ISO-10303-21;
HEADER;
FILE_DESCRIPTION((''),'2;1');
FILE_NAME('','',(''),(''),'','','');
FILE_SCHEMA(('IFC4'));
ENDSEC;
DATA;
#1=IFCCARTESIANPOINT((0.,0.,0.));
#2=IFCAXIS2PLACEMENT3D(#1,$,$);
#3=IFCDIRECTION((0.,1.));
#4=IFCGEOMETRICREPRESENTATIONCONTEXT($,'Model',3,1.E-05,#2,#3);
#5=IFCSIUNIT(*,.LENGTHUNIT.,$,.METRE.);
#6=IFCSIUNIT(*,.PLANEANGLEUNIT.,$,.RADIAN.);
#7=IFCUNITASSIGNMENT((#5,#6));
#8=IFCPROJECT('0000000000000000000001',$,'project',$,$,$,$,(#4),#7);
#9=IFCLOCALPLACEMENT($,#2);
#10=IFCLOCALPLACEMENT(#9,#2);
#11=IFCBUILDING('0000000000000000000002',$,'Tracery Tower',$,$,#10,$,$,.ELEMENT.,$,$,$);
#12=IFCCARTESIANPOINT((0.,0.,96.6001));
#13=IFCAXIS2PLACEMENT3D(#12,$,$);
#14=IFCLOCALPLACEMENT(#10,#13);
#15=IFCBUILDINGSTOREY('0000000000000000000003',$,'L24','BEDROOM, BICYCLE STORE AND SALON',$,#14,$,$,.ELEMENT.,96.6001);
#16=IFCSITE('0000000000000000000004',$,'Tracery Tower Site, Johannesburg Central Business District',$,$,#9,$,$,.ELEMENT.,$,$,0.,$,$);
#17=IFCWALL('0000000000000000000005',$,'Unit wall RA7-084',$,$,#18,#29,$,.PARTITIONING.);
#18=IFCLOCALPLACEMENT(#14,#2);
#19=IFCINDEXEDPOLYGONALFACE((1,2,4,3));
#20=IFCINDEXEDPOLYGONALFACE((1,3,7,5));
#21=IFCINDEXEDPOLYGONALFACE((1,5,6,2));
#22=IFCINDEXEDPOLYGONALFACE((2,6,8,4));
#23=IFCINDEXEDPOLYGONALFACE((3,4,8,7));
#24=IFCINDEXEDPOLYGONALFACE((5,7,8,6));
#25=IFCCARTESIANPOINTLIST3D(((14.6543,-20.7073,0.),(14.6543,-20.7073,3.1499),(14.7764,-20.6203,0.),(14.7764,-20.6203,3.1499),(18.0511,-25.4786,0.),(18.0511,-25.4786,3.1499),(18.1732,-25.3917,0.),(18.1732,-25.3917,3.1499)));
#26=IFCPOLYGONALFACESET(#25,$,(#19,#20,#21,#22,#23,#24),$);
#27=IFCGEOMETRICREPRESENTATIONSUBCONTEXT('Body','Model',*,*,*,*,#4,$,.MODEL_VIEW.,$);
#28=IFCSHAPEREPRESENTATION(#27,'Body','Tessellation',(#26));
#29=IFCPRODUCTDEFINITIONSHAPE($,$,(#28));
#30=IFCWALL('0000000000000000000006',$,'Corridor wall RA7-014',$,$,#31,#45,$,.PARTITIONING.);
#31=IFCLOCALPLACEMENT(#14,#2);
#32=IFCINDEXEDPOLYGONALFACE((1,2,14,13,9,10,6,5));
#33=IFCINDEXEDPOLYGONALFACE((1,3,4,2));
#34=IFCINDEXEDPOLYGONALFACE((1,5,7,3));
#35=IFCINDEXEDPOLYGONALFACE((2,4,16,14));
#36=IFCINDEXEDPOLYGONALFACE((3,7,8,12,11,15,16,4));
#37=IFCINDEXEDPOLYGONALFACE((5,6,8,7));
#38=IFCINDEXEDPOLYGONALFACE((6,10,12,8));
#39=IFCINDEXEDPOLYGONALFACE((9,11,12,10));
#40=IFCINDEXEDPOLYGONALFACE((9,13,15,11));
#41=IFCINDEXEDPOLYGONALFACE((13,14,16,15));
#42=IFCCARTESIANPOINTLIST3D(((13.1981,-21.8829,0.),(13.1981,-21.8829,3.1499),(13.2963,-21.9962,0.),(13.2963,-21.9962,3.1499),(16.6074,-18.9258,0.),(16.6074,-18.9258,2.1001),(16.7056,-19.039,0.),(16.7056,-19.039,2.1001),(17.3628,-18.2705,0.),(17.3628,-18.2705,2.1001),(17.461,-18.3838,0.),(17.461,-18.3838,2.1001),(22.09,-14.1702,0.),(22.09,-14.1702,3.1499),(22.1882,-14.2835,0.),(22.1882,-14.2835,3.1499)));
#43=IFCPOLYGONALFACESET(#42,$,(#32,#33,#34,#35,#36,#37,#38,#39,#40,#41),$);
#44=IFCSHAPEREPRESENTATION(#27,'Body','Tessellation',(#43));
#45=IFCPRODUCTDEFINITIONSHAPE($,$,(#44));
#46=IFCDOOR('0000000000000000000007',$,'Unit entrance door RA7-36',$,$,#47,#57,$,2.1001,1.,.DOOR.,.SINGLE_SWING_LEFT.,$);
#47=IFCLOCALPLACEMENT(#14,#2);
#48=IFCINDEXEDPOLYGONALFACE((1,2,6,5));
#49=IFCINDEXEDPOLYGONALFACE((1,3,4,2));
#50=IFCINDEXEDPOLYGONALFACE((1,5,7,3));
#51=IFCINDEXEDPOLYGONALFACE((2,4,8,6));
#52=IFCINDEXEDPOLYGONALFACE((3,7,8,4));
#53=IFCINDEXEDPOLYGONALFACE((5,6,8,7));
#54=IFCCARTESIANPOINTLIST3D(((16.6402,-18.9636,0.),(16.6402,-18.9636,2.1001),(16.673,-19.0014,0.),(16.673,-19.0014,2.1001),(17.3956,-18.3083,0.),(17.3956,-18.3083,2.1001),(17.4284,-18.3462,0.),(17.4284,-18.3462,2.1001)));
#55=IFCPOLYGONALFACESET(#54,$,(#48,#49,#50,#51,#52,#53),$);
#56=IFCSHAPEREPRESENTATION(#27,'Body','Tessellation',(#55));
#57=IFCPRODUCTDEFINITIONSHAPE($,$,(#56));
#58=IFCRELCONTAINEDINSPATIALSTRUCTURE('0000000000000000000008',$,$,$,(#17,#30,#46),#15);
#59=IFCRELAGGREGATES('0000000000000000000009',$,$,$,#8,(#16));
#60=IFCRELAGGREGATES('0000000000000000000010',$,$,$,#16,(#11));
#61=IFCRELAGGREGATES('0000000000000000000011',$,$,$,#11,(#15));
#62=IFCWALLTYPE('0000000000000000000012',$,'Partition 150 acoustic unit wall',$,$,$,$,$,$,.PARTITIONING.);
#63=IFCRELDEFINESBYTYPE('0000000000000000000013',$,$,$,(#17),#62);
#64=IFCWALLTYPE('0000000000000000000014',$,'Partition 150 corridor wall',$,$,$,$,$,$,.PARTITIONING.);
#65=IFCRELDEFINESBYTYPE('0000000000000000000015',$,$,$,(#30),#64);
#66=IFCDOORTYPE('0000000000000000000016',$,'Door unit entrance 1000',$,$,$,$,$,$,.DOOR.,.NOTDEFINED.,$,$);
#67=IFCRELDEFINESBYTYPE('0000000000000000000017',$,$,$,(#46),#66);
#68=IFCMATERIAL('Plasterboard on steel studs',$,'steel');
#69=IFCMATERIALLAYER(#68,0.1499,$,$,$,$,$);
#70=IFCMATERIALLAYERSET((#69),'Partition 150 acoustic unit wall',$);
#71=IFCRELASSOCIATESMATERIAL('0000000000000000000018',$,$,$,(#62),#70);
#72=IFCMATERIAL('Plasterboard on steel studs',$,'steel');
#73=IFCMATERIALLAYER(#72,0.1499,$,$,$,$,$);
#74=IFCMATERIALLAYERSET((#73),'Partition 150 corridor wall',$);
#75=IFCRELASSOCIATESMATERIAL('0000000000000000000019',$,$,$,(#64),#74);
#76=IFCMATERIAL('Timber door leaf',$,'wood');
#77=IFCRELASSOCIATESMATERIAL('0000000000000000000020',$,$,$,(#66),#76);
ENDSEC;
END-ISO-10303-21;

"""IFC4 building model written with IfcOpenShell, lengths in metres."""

from ifc_helpers import new_model, si_unit, direction, frame, frame_2d, origin, place, context, subcontext, project, spatial, rectangle, extrude, material, layer, layer_set, type_object, element, fill, save


model = new_model("IFC4")

# Units and contexts
model_context = context("Model", 3, precision=1e-05, world=origin(), true_north=direction((0.0, 1.0)))
body_context = subcontext(model_context, "Body", "Model", "MODEL_VIEW")
ifc_project = project(units=[si_unit("LENGTHUNIT", "METRE"), si_unit("PLANEANGLEUNIT", "RADIAN")], contexts=[model_context])

# Site, building, storey
site_placement = place(None, origin())
site = spatial("IfcSite", under=ifc_project, at=site_placement, Name="Tracery Tower Site, Johannesburg Central Business District", CompositionType="ELEMENT", RefElevation=0.0)
building_placement = place(site_placement, origin())
building = spatial("IfcBuilding", under=site, at=building_placement, Name="Tracery Tower", CompositionType="ELEMENT")
storey_placement = place(building_placement, frame((0.0, 0.0, 96.6001)))
storey = spatial("IfcBuildingStorey", under=building, at=storey_placement, Name="L24", Description="BEDROOM, BICYCLE STORE AND SALON", CompositionType="ELEMENT", Elevation=96.6001)

# Wall
ifc_material_1 = material(Name="Plasterboard on steel studs", Category="steel")
ifc_layer_1 = layer(ifc_material_1, 0.1499)
ifc_layer_set_1 = layer_set([ifc_layer_1], Name="Partition 150 acoustic unit wall")
wall_type_1 = type_object("IfcWallType", Name="Partition 150 acoustic unit wall", PredefinedType="PARTITIONING", material=ifc_layer_set_1)
wall_1_placement = place(storey_placement, frame((14.7153, -20.6638, 0.0), z_axis=(0.0, 0.0, 1.0), x_axis=(0.57996, -0.814645, 0.0)))
element("IfcWall", 1, at=wall_1_placement, inside=storey, type_object=wall_type_1, Name="Unit wall RA7-084", PredefinedType="PARTITIONING", context=body_context, shape_type="SweptSolid", body=[
    extrude(rectangle(XDim=5.8569, YDim=0.1499, at=frame_2d((2.9285, 0.0))), origin(), (0.0, 0.0, 1.0), 3.1499),
])

# Wall, opening, door
ifc_material_2 = material(Name="Plasterboard on steel studs", Category="steel")
ifc_layer_2 = layer(ifc_material_2, 0.1499)
ifc_layer_set_2 = layer_set([ifc_layer_2], Name="Partition 150 corridor wall")
wall_type_2 = type_object("IfcWallType", Name="Partition 150 corridor wall", PredefinedType="PARTITIONING", material=ifc_layer_set_2)
wall_2_placement = place(storey_placement, frame((13.2473, -21.9395, 0.0), z_axis=(0.0, 0.0, 1.0), x_axis=(0.755421, 0.65524, 0.0)))
wall_2 = element("IfcWall", 2, at=wall_2_placement, inside=storey, type_object=wall_type_2, Name="Corridor wall RA7-014", PredefinedType="PARTITIONING", context=body_context, shape_type="SweptSolid", body=[
    extrude(rectangle(XDim=11.7708, YDim=0.1499, at=frame_2d((5.8853, 0.0))), origin(), (0.0, 0.0, 1.0), 3.1499),
])
opening_1_placement = place(wall_2_placement, frame((4.5129, 0.0, 0.0)))
opening_1 = element("IfcOpeningElement", 3, at=opening_1_placement, cuts=wall_2, PredefinedType="OPENING", context=body_context, shape_type="SweptSolid", body=[
    extrude(rectangle(XDim=1.0, YDim=2.1001, at=frame_2d((0.5, 1.05))), frame((0.0, 0.075, 0.0), z_axis=(0.0, -1.0, 0.0), x_axis=(1.0, 0.0, 0.0)), (0.0, 0.0, 1.0), 0.1499),
])
ifc_material_3 = material(Name="Timber door leaf", Category="wood")
door_type_1 = type_object("IfcDoorType", Name="Door unit entrance 1000", OperationType="NOTDEFINED", PredefinedType="DOOR", material=ifc_material_3)
door_1_placement = place(opening_1_placement, origin())
door_1 = element("IfcDoor", 4, at=door_1_placement, inside=storey, type_object=door_type_1, Name="Unit entrance door RA7-36", OperationType="SINGLE_SWING_LEFT", OverallHeight=2.1001, OverallWidth=1.0, PredefinedType="DOOR", context=body_context, shape_type="SweptSolid", body=[
    extrude(rectangle(XDim=1.0, YDim=2.1001, at=frame_2d((0.5, 1.05))), frame((0.0, 0.0249, 0.0), z_axis=(0.0, -1.0, 0.0), x_axis=(1.0, 0.0, 0.0)), (0.0, 0.0, 1.0), 0.05),
])
fill(opening_1, door_1)

save(model, "model.ifc")
